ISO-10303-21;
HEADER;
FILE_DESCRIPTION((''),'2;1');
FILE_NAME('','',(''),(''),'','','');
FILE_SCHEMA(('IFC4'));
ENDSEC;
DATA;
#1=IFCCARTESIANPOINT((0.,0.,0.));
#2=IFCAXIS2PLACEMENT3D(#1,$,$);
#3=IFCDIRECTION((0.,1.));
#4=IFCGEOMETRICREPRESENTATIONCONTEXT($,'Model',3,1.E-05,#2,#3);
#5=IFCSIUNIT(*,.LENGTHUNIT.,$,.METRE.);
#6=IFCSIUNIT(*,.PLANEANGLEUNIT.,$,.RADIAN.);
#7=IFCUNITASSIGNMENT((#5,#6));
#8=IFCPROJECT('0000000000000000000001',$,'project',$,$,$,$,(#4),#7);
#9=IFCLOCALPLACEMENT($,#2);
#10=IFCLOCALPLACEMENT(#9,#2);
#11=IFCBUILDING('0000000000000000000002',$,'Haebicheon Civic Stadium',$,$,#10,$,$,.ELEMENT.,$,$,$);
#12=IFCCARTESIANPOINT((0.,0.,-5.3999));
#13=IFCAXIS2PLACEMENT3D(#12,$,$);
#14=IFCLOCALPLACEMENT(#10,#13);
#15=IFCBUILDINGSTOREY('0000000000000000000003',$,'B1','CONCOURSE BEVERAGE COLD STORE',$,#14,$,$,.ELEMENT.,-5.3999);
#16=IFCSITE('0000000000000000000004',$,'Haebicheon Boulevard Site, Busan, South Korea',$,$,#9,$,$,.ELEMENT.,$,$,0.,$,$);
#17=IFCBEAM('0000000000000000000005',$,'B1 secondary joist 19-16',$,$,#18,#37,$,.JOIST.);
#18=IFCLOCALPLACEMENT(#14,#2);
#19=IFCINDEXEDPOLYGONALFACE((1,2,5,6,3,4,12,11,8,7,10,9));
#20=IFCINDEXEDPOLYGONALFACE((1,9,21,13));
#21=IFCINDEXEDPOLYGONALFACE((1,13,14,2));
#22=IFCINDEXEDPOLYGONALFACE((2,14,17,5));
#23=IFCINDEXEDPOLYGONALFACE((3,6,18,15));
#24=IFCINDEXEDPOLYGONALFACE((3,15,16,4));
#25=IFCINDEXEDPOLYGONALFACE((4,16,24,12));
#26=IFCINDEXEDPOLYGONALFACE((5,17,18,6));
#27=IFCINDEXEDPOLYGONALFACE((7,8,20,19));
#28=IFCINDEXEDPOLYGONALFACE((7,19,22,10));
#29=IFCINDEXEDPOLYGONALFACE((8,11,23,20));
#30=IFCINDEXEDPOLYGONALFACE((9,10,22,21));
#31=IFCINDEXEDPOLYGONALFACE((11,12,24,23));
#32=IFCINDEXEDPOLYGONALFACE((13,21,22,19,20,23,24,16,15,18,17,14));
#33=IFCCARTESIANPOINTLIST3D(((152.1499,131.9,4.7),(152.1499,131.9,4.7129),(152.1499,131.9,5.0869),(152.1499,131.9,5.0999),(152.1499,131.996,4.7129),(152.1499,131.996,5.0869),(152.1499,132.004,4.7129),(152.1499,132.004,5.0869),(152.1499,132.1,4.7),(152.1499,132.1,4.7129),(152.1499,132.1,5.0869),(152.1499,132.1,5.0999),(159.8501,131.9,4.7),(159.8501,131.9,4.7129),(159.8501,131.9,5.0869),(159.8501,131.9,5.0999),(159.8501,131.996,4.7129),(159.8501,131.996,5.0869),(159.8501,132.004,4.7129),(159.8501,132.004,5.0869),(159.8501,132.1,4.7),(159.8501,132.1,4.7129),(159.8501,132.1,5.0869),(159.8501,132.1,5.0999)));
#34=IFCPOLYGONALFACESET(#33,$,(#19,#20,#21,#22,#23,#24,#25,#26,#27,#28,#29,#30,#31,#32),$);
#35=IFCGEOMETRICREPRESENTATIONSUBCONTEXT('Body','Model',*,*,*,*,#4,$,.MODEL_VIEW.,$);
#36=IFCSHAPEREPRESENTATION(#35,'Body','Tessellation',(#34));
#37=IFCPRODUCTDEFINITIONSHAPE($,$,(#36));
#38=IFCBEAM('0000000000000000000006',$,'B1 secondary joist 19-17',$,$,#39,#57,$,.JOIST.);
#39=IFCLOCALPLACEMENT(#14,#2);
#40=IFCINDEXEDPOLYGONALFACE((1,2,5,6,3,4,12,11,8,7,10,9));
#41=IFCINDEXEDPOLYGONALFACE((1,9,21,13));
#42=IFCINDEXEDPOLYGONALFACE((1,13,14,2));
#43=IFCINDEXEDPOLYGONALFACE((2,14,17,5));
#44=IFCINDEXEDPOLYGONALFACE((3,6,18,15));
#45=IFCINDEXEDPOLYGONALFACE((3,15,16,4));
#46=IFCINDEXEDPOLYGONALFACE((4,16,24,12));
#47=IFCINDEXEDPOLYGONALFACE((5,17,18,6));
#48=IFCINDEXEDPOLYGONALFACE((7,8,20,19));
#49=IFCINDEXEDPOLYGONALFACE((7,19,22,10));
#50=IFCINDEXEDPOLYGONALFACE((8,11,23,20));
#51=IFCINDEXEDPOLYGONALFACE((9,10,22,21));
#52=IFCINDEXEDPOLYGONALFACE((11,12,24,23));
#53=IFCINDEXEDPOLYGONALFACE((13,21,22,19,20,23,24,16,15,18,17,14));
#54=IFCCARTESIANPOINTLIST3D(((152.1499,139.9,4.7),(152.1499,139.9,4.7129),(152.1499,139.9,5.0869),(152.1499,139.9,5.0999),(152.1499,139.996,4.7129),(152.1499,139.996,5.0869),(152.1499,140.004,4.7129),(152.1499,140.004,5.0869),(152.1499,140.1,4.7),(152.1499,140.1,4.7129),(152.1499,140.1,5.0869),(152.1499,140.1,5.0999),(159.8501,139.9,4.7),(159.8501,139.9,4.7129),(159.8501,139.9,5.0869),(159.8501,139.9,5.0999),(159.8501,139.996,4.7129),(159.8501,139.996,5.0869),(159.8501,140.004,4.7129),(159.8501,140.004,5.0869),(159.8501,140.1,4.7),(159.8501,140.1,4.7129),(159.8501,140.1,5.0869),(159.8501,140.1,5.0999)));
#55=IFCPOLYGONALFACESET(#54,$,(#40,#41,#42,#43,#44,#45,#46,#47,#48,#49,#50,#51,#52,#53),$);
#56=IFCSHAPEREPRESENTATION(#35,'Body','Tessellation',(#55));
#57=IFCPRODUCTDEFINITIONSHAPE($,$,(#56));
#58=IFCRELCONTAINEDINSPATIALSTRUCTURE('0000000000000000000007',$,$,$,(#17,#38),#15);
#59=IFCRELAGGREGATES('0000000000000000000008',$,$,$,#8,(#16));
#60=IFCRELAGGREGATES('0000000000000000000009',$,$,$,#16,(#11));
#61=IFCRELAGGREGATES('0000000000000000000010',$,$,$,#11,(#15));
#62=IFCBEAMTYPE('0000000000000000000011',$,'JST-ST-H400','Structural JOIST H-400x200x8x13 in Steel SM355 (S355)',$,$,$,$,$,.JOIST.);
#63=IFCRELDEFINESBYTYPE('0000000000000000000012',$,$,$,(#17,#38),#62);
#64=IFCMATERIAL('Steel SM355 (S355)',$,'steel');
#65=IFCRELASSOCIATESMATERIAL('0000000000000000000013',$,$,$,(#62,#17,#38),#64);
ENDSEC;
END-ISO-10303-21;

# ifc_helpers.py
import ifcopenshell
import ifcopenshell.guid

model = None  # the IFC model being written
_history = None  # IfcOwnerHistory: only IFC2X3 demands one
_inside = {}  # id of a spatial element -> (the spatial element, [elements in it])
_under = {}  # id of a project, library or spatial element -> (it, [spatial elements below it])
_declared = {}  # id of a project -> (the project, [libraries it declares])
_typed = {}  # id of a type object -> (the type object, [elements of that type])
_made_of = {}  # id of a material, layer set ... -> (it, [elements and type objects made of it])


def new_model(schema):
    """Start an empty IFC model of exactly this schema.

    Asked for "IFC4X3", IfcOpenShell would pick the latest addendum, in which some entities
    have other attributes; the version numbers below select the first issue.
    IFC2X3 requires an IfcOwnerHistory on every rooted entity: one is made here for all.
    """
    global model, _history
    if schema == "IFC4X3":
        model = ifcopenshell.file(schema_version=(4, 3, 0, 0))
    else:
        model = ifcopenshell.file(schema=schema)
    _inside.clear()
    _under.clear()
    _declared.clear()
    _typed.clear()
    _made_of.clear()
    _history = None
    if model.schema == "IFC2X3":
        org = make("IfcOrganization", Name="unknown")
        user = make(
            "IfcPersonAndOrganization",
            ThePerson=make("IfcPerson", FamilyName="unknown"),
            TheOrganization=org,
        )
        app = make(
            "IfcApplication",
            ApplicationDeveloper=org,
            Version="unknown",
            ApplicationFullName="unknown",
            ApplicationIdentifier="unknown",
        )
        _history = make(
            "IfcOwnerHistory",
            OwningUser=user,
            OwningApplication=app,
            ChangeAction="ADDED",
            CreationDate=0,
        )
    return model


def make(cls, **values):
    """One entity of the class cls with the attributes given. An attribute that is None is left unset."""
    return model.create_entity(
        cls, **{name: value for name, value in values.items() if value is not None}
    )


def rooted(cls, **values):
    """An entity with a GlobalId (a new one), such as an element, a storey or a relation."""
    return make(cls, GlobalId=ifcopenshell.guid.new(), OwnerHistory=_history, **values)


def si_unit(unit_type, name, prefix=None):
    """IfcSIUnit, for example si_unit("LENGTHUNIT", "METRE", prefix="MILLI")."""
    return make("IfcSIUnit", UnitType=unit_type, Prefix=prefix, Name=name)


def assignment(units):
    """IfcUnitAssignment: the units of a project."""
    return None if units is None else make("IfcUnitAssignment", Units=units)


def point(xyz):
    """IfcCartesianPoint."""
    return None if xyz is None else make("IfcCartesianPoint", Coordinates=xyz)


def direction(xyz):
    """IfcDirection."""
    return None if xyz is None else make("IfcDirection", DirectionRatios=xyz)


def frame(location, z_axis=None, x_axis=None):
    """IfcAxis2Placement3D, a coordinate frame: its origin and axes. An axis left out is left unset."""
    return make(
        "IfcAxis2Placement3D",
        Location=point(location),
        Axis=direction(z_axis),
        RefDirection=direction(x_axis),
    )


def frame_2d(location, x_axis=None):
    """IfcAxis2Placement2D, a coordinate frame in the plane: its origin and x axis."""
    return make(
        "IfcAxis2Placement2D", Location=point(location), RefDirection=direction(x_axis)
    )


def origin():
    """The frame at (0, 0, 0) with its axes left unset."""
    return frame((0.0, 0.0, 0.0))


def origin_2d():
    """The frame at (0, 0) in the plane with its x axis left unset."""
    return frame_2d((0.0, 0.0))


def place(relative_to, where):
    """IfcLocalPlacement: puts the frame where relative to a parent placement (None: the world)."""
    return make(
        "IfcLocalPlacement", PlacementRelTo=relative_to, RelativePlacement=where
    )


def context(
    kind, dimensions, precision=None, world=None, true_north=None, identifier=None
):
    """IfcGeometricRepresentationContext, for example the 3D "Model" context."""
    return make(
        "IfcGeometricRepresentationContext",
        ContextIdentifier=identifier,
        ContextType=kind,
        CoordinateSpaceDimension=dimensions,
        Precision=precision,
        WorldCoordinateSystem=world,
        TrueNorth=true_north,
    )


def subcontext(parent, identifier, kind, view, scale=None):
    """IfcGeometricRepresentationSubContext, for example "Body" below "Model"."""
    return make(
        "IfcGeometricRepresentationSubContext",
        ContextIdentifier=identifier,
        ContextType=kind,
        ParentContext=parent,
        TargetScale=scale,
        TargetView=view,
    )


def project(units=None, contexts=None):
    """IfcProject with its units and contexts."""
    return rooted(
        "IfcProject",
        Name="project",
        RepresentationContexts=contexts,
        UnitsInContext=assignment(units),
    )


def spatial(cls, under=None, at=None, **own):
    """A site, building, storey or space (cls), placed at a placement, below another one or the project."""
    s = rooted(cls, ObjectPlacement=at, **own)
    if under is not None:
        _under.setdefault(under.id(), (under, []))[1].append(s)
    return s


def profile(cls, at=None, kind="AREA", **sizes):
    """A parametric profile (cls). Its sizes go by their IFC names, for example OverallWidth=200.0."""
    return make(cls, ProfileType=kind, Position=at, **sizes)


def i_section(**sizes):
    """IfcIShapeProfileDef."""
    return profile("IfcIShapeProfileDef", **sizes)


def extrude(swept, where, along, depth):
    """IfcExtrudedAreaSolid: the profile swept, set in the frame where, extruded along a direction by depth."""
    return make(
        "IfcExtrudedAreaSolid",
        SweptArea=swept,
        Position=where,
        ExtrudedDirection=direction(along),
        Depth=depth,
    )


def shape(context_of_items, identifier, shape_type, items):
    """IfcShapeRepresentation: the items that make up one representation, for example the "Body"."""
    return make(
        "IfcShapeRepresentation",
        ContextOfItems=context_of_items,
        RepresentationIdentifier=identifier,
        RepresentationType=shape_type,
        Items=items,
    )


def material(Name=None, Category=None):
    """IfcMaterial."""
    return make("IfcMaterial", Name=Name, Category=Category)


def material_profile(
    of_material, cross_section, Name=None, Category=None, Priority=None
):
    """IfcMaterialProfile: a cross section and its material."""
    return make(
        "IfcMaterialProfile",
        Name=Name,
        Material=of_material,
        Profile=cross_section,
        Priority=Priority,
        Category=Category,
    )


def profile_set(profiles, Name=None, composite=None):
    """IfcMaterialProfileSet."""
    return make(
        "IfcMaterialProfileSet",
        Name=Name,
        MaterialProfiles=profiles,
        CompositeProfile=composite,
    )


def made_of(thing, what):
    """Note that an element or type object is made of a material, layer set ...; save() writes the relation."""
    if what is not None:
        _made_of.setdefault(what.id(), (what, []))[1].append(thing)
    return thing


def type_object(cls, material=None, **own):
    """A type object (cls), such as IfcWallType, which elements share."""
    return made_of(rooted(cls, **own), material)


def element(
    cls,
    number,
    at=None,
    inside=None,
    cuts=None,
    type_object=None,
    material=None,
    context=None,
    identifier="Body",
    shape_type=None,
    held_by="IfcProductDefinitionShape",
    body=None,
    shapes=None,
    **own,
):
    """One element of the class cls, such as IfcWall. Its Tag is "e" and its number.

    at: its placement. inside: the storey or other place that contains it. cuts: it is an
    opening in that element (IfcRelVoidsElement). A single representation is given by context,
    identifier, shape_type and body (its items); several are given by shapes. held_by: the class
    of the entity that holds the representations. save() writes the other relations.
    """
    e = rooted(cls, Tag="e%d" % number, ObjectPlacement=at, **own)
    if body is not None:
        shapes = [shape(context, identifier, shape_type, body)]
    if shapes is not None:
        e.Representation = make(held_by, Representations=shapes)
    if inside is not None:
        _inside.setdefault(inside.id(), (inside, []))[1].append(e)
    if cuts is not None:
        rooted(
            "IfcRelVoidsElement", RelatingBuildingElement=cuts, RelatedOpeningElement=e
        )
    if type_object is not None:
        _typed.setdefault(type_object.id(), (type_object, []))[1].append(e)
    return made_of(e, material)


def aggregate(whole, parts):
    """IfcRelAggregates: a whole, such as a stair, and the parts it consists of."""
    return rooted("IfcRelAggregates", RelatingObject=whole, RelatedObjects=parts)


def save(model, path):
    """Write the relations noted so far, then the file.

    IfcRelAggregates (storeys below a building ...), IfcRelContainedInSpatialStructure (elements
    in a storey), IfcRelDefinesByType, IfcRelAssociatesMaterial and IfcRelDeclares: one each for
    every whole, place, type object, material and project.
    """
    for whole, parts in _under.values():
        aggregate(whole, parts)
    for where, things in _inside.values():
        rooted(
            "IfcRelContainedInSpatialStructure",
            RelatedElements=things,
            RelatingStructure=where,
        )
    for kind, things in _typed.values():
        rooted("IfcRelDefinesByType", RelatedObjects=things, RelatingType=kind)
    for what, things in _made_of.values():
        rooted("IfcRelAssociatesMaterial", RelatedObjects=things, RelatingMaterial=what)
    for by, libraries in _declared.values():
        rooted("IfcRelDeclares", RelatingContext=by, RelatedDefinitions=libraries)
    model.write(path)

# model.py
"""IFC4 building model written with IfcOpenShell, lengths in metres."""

from ifc_helpers import new_model, si_unit, direction, frame, origin, origin_2d, place, context, subcontext, project, spatial, i_section, extrude, material, material_profile, profile_set, type_object, element, save


model = new_model("IFC4")

# Units and contexts
model_context = context("Model", 3, precision=1e-05, world=origin(), true_north=direction((0.0, 1.0)))
body_context = subcontext(model_context, "Body", "Model", "MODEL_VIEW")
ifc_project = project(units=[si_unit("LENGTHUNIT", "METRE"), si_unit("PLANEANGLEUNIT", "RADIAN")], contexts=[model_context])

# Site, building, storey
site_placement = place(None, origin())
site = spatial("IfcSite", under=ifc_project, at=site_placement, Name="Haebicheon Boulevard Site, Busan, South Korea", CompositionType="ELEMENT", RefElevation=0.0)
building_placement = place(site_placement, origin())
building = spatial("IfcBuilding", under=site, at=building_placement, Name="Haebicheon Civic Stadium", CompositionType="ELEMENT")
storey_placement = place(building_placement, frame((0.0, 0.0, -5.3999)))
storey = spatial("IfcBuildingStorey", under=building, at=storey_placement, Name="B1", Description="CONCOURSE BEVERAGE COLD STORE", CompositionType="ELEMENT", Elevation=-5.3999)

# Beams
ifc_material_1 = material(Name="Steel SM355 (S355)", Category="steel")
ifc_material_profile_1 = material_profile(ifc_material_1, i_section(OverallWidth=0.2, OverallDepth=0.3999, WebThickness=0.0081, FlangeThickness=0.0129, at=origin_2d()), Name="H-400x200x8x13")
ifc_profile_set_1 = profile_set([ifc_material_profile_1], Name="Steel SM355 (S355)")
beam_type_1 = type_object("IfcBeamType", Name="JST-ST-H400", Description="Structural JOIST H-400x200x8x13 in Steel SM355 (S355)", PredefinedType="JOIST", material=ifc_profile_set_1)
for number, where, z_axis, x_axis, name in (
    (1, (152.1499, 132.0, 4.8999), (1.0, 0.0, 0.0), (0.0, 1.0, 0.0), "B1 secondary joist 19-16"),
    (2, (152.1499, 140.0, 4.8999), (1.0, 0.0, 0.0), (0.0, 1.0, 0.0), "B1 secondary joist 19-17"),
):
    element("IfcBeam", number, at=place(storey_placement, frame(where, z_axis=z_axis, x_axis=x_axis)), inside=storey, type_object=beam_type_1, material=ifc_profile_set_1, Name=name, PredefinedType="JOIST", context=body_context, shape_type="SweptSolid", body=[
        extrude(i_section(OverallWidth=0.2, OverallDepth=0.3999, WebThickness=0.0081, FlangeThickness=0.0129, at=origin_2d()), origin(), (0.0, 0.0, 1.0), 7.7002),
    ])

save(model, "model.ifc")
